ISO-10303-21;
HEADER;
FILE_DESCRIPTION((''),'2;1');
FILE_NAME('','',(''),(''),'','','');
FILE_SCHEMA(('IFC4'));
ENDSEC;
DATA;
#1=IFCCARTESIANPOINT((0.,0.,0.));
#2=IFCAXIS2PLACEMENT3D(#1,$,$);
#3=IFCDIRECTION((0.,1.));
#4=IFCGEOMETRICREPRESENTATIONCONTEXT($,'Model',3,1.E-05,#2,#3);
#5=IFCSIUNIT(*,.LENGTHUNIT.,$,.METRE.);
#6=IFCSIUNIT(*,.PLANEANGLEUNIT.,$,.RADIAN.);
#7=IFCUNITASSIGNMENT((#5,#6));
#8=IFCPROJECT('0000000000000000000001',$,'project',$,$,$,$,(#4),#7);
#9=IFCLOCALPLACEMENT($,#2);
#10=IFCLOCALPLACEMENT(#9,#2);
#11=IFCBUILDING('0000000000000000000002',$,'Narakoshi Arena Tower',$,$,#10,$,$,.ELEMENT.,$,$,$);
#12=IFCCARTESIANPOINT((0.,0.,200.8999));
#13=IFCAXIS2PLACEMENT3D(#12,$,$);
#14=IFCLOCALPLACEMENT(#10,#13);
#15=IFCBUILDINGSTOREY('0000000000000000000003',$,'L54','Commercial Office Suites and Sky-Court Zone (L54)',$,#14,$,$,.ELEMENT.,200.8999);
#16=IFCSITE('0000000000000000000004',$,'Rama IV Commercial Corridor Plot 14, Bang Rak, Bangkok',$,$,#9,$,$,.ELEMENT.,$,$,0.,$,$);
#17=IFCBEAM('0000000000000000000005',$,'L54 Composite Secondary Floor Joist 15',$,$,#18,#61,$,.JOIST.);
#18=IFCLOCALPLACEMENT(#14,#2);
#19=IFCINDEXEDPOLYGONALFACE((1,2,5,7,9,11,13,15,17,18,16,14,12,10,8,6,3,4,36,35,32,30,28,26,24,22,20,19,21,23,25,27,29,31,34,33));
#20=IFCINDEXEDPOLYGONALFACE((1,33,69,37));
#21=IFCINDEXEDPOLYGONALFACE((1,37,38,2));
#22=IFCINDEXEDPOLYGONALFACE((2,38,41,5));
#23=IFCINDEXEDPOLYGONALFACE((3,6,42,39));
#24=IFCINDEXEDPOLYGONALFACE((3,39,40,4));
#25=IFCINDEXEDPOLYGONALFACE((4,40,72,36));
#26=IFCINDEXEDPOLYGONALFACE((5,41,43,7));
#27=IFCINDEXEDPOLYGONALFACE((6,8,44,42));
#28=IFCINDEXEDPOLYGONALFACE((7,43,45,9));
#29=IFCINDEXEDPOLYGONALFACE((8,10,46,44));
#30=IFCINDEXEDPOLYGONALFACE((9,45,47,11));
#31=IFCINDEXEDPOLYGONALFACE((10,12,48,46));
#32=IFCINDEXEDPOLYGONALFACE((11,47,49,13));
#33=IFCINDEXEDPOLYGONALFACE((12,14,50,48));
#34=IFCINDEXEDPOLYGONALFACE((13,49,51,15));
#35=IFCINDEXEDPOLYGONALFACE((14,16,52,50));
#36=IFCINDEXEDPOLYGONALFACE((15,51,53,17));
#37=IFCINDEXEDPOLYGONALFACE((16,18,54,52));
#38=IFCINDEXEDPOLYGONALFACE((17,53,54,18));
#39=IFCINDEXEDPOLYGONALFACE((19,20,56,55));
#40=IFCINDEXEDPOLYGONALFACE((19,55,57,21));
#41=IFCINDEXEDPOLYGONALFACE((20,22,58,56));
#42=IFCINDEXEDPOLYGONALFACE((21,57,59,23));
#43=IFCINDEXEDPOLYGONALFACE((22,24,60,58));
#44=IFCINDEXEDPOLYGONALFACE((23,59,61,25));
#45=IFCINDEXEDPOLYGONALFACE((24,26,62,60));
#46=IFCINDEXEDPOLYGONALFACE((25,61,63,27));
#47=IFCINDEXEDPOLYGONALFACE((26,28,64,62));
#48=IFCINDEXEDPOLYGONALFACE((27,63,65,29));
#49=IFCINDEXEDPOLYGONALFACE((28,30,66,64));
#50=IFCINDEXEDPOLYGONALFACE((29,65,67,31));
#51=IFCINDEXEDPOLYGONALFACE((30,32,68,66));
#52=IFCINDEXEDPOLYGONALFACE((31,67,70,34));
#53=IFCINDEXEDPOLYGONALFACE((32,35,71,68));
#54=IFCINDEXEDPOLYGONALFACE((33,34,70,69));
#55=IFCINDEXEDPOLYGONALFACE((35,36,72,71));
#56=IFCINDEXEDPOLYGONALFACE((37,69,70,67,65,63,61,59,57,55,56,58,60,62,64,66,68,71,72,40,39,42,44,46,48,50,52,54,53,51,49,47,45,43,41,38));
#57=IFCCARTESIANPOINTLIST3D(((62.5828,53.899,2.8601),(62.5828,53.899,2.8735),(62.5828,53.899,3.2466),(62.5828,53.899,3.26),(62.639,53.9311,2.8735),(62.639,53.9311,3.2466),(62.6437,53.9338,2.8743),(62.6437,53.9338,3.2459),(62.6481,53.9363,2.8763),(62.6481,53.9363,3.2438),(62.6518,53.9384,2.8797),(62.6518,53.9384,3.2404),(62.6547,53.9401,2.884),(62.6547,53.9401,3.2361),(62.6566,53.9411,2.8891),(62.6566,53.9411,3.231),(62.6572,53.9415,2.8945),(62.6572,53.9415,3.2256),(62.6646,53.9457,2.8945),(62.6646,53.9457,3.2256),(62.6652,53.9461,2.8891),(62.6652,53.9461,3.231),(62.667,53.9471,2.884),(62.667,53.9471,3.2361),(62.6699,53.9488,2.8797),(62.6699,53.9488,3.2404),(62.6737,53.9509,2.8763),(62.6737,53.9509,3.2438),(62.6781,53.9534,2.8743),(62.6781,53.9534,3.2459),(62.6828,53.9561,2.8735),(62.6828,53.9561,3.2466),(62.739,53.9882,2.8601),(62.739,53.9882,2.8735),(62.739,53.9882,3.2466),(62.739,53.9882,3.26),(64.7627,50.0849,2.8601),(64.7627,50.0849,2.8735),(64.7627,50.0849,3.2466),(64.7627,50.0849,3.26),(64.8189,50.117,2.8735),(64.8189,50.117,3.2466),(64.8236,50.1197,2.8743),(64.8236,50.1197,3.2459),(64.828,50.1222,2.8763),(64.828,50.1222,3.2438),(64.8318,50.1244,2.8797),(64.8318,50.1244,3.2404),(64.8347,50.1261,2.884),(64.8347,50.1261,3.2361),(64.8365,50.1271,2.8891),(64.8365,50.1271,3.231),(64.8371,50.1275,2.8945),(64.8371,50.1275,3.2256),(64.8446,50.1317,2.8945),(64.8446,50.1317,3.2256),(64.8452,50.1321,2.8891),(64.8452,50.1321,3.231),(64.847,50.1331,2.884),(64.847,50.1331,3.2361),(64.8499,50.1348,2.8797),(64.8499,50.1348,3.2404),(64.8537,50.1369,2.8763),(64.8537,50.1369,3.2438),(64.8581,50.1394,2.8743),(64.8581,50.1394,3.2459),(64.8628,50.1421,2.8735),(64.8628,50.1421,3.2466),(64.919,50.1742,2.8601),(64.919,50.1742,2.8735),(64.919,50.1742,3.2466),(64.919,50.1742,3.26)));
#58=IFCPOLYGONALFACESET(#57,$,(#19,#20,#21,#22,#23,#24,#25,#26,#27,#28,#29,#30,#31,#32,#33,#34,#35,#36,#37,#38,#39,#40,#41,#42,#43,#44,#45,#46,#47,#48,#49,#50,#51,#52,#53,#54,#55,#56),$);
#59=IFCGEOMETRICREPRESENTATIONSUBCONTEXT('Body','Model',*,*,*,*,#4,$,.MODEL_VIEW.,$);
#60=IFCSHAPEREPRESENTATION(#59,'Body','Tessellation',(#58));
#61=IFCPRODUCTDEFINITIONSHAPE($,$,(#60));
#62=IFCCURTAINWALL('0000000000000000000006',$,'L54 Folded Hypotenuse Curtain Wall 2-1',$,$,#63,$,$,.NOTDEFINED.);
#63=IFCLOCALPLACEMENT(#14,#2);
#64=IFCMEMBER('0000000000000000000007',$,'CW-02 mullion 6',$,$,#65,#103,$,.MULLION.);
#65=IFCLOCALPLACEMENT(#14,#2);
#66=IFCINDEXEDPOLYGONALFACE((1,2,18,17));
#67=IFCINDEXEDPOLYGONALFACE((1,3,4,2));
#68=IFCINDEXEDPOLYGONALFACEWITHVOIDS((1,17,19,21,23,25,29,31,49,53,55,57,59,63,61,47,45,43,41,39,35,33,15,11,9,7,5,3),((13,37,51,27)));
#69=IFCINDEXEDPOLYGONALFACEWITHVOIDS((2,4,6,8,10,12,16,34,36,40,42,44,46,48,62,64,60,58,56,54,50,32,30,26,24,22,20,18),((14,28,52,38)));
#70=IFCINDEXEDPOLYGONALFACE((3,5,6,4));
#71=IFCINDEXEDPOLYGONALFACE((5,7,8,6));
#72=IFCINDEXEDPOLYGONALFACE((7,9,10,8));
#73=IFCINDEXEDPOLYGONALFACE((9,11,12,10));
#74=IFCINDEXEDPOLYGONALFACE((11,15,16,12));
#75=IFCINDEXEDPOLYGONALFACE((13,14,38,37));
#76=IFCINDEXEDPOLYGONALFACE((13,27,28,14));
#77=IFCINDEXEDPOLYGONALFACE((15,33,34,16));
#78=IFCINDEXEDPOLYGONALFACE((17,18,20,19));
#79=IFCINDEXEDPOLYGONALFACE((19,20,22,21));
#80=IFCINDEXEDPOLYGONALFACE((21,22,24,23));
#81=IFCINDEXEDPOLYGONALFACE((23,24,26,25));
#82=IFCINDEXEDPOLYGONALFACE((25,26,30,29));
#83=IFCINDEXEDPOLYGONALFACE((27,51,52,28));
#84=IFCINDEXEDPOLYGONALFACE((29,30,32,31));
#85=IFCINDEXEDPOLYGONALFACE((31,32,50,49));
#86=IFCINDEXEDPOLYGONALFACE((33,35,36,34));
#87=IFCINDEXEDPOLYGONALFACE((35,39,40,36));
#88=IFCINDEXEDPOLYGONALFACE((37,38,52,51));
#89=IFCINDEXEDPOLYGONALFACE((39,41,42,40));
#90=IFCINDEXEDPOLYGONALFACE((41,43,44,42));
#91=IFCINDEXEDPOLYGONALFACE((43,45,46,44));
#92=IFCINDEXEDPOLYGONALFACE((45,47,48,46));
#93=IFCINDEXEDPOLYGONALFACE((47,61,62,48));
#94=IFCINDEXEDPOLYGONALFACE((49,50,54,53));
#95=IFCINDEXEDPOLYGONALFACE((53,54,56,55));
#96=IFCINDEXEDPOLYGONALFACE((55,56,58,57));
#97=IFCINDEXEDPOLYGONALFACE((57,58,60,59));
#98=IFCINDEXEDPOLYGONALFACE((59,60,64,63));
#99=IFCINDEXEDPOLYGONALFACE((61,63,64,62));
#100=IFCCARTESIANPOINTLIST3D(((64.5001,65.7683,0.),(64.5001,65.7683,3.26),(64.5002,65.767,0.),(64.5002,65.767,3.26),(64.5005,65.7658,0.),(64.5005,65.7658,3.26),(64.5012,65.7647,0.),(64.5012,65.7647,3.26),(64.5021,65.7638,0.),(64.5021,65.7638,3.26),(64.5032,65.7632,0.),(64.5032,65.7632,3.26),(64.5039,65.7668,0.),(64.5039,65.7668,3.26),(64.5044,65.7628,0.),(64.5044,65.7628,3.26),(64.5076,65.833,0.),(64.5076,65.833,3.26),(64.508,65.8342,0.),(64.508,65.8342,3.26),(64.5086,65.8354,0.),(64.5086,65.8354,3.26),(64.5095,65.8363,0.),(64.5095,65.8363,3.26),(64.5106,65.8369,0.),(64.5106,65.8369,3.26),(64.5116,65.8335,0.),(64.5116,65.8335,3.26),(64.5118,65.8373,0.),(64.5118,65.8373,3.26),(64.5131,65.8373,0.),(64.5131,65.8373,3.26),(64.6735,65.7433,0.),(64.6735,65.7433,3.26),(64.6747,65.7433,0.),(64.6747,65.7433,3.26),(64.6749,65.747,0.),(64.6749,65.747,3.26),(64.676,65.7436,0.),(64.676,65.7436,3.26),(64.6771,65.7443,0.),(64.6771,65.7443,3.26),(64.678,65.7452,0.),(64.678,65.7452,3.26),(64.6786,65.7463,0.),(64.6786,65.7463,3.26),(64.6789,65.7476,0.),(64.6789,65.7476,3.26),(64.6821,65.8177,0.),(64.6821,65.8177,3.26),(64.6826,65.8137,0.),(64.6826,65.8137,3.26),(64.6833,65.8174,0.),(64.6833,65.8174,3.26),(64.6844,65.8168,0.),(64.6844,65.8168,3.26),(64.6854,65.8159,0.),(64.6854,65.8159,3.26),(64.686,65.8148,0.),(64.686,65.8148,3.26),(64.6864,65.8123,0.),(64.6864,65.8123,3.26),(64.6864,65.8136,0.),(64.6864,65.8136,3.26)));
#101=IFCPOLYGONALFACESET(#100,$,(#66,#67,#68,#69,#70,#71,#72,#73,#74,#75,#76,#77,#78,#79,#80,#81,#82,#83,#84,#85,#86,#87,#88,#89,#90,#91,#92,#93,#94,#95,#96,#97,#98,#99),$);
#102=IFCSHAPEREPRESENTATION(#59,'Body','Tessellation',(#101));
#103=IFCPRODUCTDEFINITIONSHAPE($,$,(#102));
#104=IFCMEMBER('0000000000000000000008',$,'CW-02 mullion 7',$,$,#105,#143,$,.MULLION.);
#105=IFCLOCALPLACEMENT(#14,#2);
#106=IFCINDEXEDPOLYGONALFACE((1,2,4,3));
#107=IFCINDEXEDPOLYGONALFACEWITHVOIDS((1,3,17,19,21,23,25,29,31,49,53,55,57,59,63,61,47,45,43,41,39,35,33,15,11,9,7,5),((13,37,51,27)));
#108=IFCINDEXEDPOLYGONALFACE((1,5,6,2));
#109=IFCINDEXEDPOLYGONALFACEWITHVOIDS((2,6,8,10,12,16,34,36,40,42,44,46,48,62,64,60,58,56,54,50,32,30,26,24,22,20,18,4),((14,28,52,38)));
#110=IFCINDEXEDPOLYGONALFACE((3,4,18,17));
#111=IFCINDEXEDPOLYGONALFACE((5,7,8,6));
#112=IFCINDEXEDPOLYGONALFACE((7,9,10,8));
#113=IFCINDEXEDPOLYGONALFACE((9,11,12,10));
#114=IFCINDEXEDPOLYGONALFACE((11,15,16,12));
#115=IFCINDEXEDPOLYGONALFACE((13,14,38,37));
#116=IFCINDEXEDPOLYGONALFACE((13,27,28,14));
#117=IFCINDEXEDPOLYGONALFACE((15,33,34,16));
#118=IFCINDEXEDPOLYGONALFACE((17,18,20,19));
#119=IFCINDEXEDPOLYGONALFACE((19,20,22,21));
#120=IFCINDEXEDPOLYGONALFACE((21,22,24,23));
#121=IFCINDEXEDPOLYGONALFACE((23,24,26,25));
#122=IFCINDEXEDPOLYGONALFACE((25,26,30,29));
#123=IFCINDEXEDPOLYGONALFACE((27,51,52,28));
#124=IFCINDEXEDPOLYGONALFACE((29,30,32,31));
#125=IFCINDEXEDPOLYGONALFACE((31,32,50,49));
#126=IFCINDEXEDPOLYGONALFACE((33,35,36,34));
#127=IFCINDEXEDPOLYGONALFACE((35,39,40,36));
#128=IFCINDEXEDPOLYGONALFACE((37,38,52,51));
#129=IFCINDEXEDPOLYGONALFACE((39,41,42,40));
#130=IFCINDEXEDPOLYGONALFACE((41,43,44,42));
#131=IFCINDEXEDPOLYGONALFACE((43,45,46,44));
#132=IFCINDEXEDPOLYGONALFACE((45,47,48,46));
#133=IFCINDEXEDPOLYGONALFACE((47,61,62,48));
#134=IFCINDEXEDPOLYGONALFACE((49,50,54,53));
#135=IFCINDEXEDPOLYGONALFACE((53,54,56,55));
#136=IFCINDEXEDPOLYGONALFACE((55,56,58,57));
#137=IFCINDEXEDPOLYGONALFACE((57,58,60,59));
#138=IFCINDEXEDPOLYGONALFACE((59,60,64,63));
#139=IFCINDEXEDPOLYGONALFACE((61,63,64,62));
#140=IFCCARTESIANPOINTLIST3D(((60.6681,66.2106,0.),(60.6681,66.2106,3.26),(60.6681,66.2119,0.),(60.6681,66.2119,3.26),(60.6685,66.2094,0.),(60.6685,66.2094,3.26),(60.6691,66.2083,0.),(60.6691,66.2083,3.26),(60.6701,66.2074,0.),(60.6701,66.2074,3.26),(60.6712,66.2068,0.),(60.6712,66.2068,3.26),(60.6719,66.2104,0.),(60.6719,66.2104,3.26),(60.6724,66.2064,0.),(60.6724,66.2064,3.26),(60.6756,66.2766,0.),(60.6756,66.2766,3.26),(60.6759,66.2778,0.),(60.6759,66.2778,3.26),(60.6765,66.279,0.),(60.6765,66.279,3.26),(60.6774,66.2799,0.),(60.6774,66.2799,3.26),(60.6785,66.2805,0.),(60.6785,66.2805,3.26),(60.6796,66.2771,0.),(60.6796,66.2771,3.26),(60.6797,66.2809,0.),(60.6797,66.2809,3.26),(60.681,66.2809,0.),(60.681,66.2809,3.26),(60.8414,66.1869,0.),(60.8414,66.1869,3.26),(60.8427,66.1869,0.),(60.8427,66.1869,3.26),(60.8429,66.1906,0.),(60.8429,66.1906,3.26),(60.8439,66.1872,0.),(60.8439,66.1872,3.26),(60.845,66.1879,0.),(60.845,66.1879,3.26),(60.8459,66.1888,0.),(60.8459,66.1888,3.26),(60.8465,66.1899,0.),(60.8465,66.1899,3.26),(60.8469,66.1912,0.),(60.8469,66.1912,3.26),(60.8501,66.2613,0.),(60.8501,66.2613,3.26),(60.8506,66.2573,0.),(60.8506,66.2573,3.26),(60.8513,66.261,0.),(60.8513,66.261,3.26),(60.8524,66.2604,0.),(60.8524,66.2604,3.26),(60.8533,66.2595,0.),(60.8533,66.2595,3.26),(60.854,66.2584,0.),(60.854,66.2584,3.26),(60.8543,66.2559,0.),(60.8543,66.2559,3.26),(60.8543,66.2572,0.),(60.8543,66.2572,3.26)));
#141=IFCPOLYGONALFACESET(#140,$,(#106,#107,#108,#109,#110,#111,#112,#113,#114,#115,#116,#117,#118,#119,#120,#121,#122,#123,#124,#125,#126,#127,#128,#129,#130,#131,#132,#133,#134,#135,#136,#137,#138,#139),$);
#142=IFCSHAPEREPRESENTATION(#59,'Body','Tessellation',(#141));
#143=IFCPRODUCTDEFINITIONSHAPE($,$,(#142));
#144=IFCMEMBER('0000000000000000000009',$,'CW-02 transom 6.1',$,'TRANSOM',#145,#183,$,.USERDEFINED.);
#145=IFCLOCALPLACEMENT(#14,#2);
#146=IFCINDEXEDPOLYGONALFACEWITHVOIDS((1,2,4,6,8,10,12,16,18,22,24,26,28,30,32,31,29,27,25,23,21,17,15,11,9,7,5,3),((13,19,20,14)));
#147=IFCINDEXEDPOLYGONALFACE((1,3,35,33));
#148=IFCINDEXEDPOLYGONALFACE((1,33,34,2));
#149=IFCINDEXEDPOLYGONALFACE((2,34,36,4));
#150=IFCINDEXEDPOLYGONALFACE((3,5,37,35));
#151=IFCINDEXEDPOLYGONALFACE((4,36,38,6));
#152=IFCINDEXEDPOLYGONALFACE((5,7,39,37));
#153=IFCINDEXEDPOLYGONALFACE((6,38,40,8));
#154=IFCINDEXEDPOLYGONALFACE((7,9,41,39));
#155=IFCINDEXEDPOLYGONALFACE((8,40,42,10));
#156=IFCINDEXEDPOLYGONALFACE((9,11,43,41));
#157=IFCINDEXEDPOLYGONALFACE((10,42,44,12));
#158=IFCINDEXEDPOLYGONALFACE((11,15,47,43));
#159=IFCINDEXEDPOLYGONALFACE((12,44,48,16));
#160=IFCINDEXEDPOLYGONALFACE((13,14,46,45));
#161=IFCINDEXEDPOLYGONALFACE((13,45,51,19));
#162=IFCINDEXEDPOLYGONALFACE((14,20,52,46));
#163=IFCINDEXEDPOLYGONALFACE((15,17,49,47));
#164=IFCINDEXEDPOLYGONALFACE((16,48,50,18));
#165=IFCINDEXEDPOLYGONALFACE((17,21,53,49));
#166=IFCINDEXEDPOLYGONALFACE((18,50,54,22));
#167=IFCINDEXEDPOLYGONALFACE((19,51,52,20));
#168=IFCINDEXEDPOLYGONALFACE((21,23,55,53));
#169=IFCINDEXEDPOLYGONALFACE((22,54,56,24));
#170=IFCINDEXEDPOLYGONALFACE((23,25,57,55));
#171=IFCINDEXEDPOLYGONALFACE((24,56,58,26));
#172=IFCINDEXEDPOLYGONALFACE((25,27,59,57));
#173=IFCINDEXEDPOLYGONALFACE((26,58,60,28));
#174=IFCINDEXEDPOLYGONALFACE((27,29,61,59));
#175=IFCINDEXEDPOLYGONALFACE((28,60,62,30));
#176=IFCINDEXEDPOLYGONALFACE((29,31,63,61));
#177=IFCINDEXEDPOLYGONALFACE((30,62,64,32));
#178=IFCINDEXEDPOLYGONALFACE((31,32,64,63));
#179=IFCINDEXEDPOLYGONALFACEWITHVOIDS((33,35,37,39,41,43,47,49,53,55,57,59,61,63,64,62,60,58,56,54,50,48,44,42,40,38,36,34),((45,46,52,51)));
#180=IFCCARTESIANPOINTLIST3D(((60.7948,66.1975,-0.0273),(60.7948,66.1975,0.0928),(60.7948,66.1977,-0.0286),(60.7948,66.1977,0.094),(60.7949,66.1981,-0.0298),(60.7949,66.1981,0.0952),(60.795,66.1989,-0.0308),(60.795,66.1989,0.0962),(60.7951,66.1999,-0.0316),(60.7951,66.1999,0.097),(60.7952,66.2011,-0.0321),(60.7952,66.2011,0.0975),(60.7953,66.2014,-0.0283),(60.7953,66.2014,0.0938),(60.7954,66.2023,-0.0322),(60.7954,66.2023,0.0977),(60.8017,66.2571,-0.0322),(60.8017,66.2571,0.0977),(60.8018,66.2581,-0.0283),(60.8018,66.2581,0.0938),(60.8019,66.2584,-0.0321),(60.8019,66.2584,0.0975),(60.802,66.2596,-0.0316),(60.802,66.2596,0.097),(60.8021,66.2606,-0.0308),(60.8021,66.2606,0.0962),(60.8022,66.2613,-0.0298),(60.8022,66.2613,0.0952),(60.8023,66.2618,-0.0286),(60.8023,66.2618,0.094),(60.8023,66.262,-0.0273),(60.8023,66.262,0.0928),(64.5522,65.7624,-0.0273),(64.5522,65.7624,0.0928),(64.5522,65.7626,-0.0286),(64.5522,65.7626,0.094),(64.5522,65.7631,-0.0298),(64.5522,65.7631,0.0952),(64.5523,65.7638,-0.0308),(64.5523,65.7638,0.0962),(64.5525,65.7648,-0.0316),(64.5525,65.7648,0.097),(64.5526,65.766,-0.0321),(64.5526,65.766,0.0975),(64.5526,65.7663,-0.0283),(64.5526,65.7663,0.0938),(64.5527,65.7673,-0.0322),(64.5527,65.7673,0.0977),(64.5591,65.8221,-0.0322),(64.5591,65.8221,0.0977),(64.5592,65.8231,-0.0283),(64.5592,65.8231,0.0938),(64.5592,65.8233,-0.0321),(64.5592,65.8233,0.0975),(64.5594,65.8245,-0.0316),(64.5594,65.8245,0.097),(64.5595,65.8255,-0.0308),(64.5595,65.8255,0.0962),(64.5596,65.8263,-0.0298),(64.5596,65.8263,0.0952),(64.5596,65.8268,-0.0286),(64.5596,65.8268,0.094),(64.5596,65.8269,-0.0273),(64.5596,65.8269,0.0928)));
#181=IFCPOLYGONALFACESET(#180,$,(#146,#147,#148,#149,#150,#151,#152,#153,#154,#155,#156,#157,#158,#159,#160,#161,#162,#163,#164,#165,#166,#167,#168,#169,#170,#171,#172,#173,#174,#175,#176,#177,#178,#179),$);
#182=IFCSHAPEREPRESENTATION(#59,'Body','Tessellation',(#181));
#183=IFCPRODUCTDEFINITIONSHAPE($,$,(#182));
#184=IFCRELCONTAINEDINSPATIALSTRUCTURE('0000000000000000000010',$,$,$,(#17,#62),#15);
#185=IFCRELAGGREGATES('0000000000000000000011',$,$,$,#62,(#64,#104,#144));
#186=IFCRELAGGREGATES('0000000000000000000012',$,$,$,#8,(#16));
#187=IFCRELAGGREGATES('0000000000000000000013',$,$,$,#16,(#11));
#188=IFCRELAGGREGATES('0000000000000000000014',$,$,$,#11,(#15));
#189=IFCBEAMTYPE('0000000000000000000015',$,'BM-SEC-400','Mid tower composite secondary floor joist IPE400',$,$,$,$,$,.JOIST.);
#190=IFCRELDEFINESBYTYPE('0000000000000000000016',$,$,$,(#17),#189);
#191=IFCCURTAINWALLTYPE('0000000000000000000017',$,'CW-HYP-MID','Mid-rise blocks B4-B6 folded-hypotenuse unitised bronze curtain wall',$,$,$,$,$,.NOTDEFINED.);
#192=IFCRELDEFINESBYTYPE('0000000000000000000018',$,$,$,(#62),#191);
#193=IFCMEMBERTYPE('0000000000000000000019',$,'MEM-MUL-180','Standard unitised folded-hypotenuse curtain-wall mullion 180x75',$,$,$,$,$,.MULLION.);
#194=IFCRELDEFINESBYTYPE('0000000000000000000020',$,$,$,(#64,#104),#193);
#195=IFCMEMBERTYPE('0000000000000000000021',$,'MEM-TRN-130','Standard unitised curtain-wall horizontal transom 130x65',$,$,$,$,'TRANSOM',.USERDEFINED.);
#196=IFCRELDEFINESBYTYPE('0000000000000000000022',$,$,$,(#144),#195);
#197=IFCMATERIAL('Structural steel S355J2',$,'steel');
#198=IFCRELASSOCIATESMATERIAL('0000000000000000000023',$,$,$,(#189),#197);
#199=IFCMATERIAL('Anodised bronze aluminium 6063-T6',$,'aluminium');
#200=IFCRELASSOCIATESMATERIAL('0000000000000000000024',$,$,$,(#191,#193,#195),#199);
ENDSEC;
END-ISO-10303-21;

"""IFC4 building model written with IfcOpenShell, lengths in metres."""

from ifc_helpers import new_model, si_unit, direction, frame, origin, origin_2d, place, context, subcontext, project, spatial, hollow_rectangle, i_section, extrude, material, material_profile, profile_set, type_object, element, aggregate, save


model = new_model("IFC4")

# Units and contexts
model_context = context("Model", 3, precision=1e-05, world=origin(), true_north=direction((0.0, 1.0)))
body_context = subcontext(model_context, "Body", "Model", "MODEL_VIEW")
ifc_project = project(units=[si_unit("LENGTHUNIT", "METRE"), si_unit("PLANEANGLEUNIT", "RADIAN")], contexts=[model_context])

# Site, building, storey
site_placement = place(None, origin())
site = spatial("IfcSite", under=ifc_project, at=site_placement, Name="Rama IV Commercial Corridor Plot 14, Bang Rak, Bangkok", CompositionType="ELEMENT", RefElevation=0.0)
building_placement = place(site_placement, origin())
building = spatial("IfcBuilding", under=site, at=building_placement, Name="Narakoshi Arena Tower", CompositionType="ELEMENT")
storey_placement = place(building_placement, frame((0.0, 0.0, 200.8999)))
storey = spatial("IfcBuildingStorey", under=building, at=storey_placement, Name="L54", Description="Commercial Office Suites and Sky-Court Zone (L54)", CompositionType="ELEMENT", Elevation=200.8999)

# Beam
ifc_material_1 = material(Name="Structural steel S355J2", Category="steel")
ifc_material_profile_1 = material_profile(ifc_material_1, i_section(OverallWidth=0.1799, OverallDepth=0.3999, WebThickness=0.0085, FlangeThickness=0.0134, FilletRadius=0.021, at=origin_2d()), Name="IPE400")
ifc_profile_set_1 = profile_set([ifc_material_profile_1], Name="Structural steel S355J2")
beam_type_1 = type_object("IfcBeamType", Name="BM-SEC-400", Description="Mid tower composite secondary floor joist IPE400", PredefinedType="JOIST", material=ifc_profile_set_1)
beam_1_placement = place(storey_placement, frame((62.6609, 53.9436, 3.0601), z_axis=(0.496229, -0.868192, 0.0), x_axis=(0.868192, 0.496229, 0.0)))
element("IfcBeam", 1, at=beam_1_placement, inside=storey, type_object=beam_type_1, Name="L54 Composite Secondary Floor Joist 15", PredefinedType="JOIST", context=body_context, shape_type="SweptSolid", body=[
    extrude(i_section(OverallWidth=0.1799, OverallDepth=0.3999, WebThickness=0.0085, FlangeThickness=0.0134, FilletRadius=0.021, at=origin_2d()), origin(), (0.0, 0.0, 1.0), 4.3931),
])

# Curtain wall, members
ifc_material_2 = material(Name="Anodised bronze aluminium 6063-T6", Category="aluminium")
curtain_wall_type = type_object("IfcCurtainWallType", Name="CW-HYP-MID", Description="Mid-rise blocks B4-B6 folded-hypotenuse unitised bronze curtain wall", PredefinedType="NOTDEFINED", material=ifc_material_2)
curtain_wall_placement = place(storey_placement, origin())
curtain_wall = element("IfcCurtainWall", 2, at=curtain_wall_placement, inside=storey, type_object=curtain_wall_type, Name="L54 Folded Hypotenuse Curtain Wall 2-1", PredefinedType="NOTDEFINED")
ifc_material_profile_2 = material_profile(ifc_material_2, hollow_rectangle(XDim=0.075, YDim=0.1799, WallThickness=0.0039, OuterFilletRadius=0.0049, at=origin_2d()), Name="MUL180x75x4")
ifc_profile_set_2 = profile_set([ifc_material_profile_2], Name="Anodised bronze aluminium 6063-T6")
member_type_1 = type_object("IfcMemberType", Name="MEM-MUL-180", Description="Standard unitised folded-hypotenuse curtain-wall mullion 180x75", PredefinedType="MULLION", material=ifc_profile_set_2)
member_1_placement = place(storey_placement, frame((64.5933, 65.7903, 0.0), z_axis=(0.0, 0.0, 1.0), x_axis=(-0.115011, -0.993364, 0.0)))
member_1 = element("IfcMember", 3, at=member_1_placement, type_object=member_type_1, Name="CW-02 mullion 6", PredefinedType="MULLION", context=body_context, shape_type="SweptSolid", body=[
    extrude(hollow_rectangle(XDim=0.075, YDim=0.1799, WallThickness=0.0039, OuterFilletRadius=0.0049, at=origin_2d()), origin(), (0.0, 0.0, 1.0), 3.26),
])
member_2_placement = place(storey_placement, frame((60.7612, 66.2339, 0.0), z_axis=(0.0, 0.0, 1.0), x_axis=(-0.115011, -0.993364, 0.0)))
member_2 = element("IfcMember", 4, at=member_2_placement, type_object=member_type_1, Name="CW-02 mullion 7", PredefinedType="MULLION", context=body_context, shape_type="SweptSolid", body=[
    extrude(hollow_rectangle(XDim=0.075, YDim=0.1799, WallThickness=0.0039, OuterFilletRadius=0.0049, at=origin_2d()), origin(), (0.0, 0.0, 1.0), 3.26),
])
ifc_material_profile_3 = material_profile(ifc_material_2, hollow_rectangle(XDim=0.0649, YDim=0.1299, WallThickness=0.0039, OuterFilletRadius=0.0049, at=origin_2d()), Name="TRN130x65x4")
ifc_profile_set_3 = profile_set([ifc_material_profile_3], Name="Anodised bronze aluminium 6063-T6")
member_type_2 = type_object("IfcMemberType", Name="MEM-TRN-130", Description="Standard unitised curtain-wall horizontal transom 130x65", ElementType="TRANSOM", PredefinedType="USERDEFINED", material=ifc_profile_set_3)
member_3_placement = place(storey_placement, frame((64.5559, 65.7947, 0.0327), z_axis=(-0.993363, 0.115021, 0.0), x_axis=(-0.115021, -0.993363, 0.0)))
member_3 = element("IfcMember", 5, at=member_3_placement, type_object=member_type_2, Name="CW-02 transom 6.1", ObjectType="TRANSOM", PredefinedType="USERDEFINED", context=body_context, shape_type="SweptSolid", body=[
    extrude(hollow_rectangle(XDim=0.0649, YDim=0.1299, WallThickness=0.0039, OuterFilletRadius=0.0049, at=origin_2d()), origin(), (0.0, 0.0, 1.0), 3.7825),
])
aggregate(curtain_wall, [member_1, member_2, member_3])

save(model, "model.ifc")
